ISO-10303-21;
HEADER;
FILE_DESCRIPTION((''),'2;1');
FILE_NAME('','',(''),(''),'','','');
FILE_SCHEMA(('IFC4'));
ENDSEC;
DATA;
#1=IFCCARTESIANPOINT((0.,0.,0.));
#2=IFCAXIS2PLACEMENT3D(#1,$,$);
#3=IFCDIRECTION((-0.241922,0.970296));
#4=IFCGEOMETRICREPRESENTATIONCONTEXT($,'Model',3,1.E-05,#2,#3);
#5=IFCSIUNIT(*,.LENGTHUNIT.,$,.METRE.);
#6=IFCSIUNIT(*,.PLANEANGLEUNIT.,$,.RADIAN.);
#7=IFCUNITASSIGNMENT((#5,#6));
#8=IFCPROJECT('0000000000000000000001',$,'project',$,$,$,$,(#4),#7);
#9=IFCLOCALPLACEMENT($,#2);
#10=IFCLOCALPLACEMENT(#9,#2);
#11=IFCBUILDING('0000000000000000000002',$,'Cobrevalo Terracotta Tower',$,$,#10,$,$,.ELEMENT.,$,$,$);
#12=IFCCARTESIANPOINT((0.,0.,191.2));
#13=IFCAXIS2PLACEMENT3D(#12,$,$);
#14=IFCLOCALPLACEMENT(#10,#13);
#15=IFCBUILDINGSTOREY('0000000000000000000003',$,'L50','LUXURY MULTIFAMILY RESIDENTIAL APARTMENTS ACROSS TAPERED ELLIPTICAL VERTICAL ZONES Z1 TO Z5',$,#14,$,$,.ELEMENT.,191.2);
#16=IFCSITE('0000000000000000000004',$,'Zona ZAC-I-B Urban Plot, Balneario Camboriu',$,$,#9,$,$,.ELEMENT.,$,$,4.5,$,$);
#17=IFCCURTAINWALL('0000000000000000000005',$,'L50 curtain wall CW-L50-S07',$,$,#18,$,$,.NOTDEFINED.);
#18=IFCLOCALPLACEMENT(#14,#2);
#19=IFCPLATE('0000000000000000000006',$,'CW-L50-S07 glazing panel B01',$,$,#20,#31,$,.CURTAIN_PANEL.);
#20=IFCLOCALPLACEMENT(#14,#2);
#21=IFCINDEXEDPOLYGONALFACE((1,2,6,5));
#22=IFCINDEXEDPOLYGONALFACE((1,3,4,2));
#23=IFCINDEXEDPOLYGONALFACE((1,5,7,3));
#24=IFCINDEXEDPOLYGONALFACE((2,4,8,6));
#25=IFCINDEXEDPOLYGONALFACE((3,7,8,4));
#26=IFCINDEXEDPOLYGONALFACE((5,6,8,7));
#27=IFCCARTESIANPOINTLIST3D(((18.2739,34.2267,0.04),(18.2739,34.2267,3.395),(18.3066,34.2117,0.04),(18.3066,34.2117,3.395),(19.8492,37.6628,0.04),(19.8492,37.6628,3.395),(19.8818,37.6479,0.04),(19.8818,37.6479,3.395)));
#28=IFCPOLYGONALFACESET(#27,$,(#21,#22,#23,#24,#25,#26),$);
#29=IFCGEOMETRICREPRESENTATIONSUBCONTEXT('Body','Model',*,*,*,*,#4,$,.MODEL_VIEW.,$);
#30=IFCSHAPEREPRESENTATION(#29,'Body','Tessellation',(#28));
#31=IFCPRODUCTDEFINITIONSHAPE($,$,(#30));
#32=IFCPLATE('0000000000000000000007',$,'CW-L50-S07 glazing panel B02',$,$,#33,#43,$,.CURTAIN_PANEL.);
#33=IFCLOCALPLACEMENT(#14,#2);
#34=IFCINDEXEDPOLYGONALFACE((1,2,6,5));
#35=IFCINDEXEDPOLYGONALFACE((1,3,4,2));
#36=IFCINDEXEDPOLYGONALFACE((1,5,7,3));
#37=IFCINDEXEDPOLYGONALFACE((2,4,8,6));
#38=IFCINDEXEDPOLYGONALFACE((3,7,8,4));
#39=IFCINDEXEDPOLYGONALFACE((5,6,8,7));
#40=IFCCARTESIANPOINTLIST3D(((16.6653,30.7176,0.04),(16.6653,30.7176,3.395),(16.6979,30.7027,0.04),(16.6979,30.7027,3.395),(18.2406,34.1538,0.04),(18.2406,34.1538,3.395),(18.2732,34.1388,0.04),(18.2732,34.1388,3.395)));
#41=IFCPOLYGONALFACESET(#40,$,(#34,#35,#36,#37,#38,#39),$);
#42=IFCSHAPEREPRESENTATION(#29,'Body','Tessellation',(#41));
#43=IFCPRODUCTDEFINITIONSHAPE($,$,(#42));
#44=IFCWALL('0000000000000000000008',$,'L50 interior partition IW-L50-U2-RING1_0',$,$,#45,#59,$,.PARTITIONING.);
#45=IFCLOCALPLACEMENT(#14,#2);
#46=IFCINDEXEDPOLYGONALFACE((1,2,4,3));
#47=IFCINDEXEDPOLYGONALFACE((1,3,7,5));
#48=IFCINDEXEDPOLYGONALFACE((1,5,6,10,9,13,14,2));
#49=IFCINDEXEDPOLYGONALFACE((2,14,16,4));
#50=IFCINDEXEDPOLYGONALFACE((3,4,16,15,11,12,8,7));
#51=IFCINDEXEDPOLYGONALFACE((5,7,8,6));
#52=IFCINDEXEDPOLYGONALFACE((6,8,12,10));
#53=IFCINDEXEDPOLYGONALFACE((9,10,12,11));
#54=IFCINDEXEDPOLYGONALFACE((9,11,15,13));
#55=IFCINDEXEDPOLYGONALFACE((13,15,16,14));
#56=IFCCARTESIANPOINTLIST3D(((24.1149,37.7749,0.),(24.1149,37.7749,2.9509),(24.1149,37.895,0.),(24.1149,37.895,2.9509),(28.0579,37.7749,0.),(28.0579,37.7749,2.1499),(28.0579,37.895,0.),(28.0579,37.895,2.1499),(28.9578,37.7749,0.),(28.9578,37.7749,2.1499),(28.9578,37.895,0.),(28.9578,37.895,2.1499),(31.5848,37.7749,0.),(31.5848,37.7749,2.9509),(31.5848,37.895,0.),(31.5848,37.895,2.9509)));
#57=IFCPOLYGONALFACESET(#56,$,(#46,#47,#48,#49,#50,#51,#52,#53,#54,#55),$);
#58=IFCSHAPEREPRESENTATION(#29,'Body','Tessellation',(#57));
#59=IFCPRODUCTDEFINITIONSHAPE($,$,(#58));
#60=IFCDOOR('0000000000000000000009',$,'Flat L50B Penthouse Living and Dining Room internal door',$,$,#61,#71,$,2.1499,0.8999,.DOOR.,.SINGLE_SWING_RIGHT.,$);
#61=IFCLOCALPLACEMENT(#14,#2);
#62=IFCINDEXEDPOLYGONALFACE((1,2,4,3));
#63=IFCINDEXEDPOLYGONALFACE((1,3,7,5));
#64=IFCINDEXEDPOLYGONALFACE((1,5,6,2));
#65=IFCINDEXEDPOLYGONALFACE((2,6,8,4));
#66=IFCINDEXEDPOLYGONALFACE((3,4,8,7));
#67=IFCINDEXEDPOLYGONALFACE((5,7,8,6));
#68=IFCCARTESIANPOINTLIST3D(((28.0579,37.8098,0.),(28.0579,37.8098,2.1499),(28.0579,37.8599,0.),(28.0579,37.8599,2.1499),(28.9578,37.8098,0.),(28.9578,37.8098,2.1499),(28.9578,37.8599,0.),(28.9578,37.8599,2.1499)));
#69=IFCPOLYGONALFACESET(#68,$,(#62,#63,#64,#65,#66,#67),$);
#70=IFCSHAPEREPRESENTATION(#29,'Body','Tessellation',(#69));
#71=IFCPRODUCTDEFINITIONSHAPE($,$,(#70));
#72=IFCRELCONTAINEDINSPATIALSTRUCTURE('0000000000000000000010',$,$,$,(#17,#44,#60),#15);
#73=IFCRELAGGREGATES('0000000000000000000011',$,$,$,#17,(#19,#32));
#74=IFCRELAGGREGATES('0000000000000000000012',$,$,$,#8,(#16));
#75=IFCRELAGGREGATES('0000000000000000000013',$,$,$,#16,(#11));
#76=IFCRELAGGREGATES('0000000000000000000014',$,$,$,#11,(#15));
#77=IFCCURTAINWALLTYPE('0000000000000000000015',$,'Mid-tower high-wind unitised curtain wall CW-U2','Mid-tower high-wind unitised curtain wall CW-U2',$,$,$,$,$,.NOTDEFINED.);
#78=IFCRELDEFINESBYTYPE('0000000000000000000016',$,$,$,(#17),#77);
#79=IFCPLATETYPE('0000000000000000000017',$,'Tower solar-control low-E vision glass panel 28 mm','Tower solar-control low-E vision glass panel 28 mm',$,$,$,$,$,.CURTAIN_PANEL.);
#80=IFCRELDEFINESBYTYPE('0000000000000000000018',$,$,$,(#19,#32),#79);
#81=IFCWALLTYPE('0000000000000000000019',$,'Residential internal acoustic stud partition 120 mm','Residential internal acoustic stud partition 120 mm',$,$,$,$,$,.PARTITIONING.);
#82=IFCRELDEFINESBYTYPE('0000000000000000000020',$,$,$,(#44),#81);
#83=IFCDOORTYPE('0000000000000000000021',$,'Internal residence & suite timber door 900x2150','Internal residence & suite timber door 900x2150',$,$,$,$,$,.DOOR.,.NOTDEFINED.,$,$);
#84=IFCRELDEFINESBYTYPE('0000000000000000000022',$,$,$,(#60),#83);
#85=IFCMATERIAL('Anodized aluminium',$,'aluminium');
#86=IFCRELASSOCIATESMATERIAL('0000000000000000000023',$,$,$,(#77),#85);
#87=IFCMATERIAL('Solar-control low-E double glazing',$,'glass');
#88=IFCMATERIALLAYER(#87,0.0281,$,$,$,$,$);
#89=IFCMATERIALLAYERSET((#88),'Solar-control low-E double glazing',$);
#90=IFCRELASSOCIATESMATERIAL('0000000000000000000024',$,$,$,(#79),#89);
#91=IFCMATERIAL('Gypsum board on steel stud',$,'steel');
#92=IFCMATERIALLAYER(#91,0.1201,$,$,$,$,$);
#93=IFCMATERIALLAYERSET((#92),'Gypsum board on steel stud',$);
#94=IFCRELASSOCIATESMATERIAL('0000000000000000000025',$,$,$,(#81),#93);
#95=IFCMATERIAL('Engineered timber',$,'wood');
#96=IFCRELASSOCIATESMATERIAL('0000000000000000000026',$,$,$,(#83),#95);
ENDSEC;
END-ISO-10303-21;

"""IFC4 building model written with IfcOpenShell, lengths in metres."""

from ifc_helpers import new_model, si_unit, direction, frame, frame_2d, origin, origin_2d, place, context, subcontext, project, spatial, rectangle, extrude, source, transform, mapped, material, layer, layer_set, type_object, element, fill, aggregate, save


model = new_model("IFC4")

# Units and contexts
model_context = context("Model", 3, precision=1e-05, world=origin(), true_north=direction((-0.241922, 0.970296)))
body_context = subcontext(model_context, "Body", "Model", "MODEL_VIEW")
ifc_project = project(units=[si_unit("LENGTHUNIT", "METRE"), si_unit("PLANEANGLEUNIT", "RADIAN")], contexts=[model_context])

# Site, building, storey
site_placement = place(None, origin())
site = spatial("IfcSite", under=ifc_project, at=site_placement, Name="Zona ZAC-I-B Urban Plot, Balneario Camboriu", CompositionType="ELEMENT", RefElevation=4.5)
building_placement = place(site_placement, origin())
building = spatial("IfcBuilding", under=site, at=building_placement, Name="Cobrevalo Terracotta Tower", CompositionType="ELEMENT")
storey_placement = place(building_placement, frame((0.0, 0.0, 191.2)))
storey = spatial("IfcBuildingStorey", under=building, at=storey_placement, Name="L50", Description="LUXURY MULTIFAMILY RESIDENTIAL APARTMENTS ACROSS TAPERED ELLIPTICAL VERTICAL ZONES Z1 TO Z5", CompositionType="ELEMENT", Elevation=191.2)

# Curtain wall
ifc_material_1 = material(Name="Anodized aluminium", Category="aluminium")
curtain_wall_type = type_object("IfcCurtainWallType", Name="Mid-tower high-wind unitised curtain wall CW-U2", Description="Mid-tower high-wind unitised curtain wall CW-U2", PredefinedType="NOTDEFINED", material=ifc_material_1)
curtain_wall_1_placement = place(storey_placement, origin())
curtain_wall_1 = element("IfcCurtainWall", 1, at=curtain_wall_1_placement, inside=storey, type_object=curtain_wall_type, Name="L50 curtain wall CW-L50-S07", PredefinedType="NOTDEFINED")

# Plates
ifc_material_2 = material(Name="Solar-control low-E double glazing", Category="glass")
ifc_layer_1 = layer(ifc_material_2, 0.0281)
ifc_layer_set_1 = layer_set([ifc_layer_1], Name="Solar-control low-E double glazing")
plate_type = type_object("IfcPlateType", Name="Tower solar-control low-E vision glass panel 28 mm", Description="Tower solar-control low-E vision glass panel 28 mm", PredefinedType="CURTAIN_PANEL", material=ifc_layer_set_1)
shared_shape_1 = source(origin(), body_context, "Body", "SweptSolid", [
    extrude(rectangle(XDim=3.78, YDim=0.0359, at=origin_2d()), origin(), (0.0, 0.0, 1.0), 3.355),
])
plate_1_placement = place(storey_placement, frame((19.0779, 35.9373, 0.04), z_axis=(0.0, 0.0, 1.0), x_axis=(-0.416731, -0.90903, 0.0)))
plate_1 = element("IfcPlate", 2, at=plate_1_placement, type_object=plate_type, Name="CW-L50-S07 glazing panel B01", PredefinedType="CURTAIN_PANEL", context=body_context, shape_type="MappedRepresentation", body=[
    mapped(shared_shape_1, transform((0.0, 0.0, 0.0), scale=1.0)),
])
plate_2_placement = place(storey_placement, frame((17.4692, 32.4282, 0.04), z_axis=(0.0, 0.0, 1.0), x_axis=(-0.416731, -0.90903, 0.0)))
plate_2 = element("IfcPlate", 3, at=plate_2_placement, type_object=plate_type, Name="CW-L50-S07 glazing panel B02", PredefinedType="CURTAIN_PANEL", context=body_context, shape_type="MappedRepresentation", body=[
    mapped(shared_shape_1, transform((0.0, 0.0, 0.0), scale=1.0)),
])
aggregate(curtain_wall_1, [plate_1, plate_2])

# Wall, opening, door
ifc_material_3 = material(Name="Gypsum board on steel stud", Category="steel")
ifc_layer_2 = layer(ifc_material_3, 0.1201)
ifc_layer_set_2 = layer_set([ifc_layer_2], Name="Gypsum board on steel stud")
wall_type = type_object("IfcWallType", Name="Residential internal acoustic stud partition 120 mm", Description="Residential internal acoustic stud partition 120 mm", PredefinedType="PARTITIONING", material=ifc_layer_set_2)
wall_placement = place(storey_placement, frame((24.115, 37.835, 0.0), z_axis=(0.0, 0.0, 1.0), x_axis=(1.0, 0.0, 0.0)))
wall = element("IfcWall", 4, at=wall_placement, inside=storey, type_object=wall_type, Name="L50 interior partition IW-L50-U2-RING1_0", PredefinedType="PARTITIONING", context=body_context, shape_type="SweptSolid", body=[
    extrude(rectangle(XDim=7.47, YDim=0.1201, at=frame_2d((3.7349, 0.0))), origin(), (0.0, 0.0, 1.0), 2.9509),
])
opening_placement = place(wall_placement, frame((3.9429, 0.0, 0.0)))
opening = element("IfcOpeningElement", 5, at=opening_placement, cuts=wall, PredefinedType="OPENING", context=body_context, shape_type="SweptSolid", body=[
    extrude(rectangle(XDim=0.8999, YDim=2.1499, at=frame_2d((0.45, 1.075))), frame((0.0, 0.0701, 0.0), z_axis=(0.0, -1.0, 0.0), x_axis=(1.0, 0.0, 0.0)), (0.0, 0.0, 1.0), 0.1401),
])
ifc_material_4 = material(Name="Engineered timber", Category="wood")
door_type = type_object("IfcDoorType", Name="Internal residence & suite timber door 900x2150", Description="Internal residence & suite timber door 900x2150", OperationType="NOTDEFINED", PredefinedType="DOOR", material=ifc_material_4)
shared_shape_2 = source(origin(), body_context, "Body", "SweptSolid", [
    extrude(rectangle(XDim=0.8999, YDim=2.1499, at=frame_2d((0.45, 1.075))), frame((0.0, 0.0249, 0.0), z_axis=(0.0, -1.0, 0.0), x_axis=(1.0, 0.0, 0.0)), (0.0, 0.0, 1.0), 0.05),
])
door_placement = place(opening_placement, origin())
door = element("IfcDoor", 6, at=door_placement, inside=storey, type_object=door_type, Name="Flat L50B Penthouse Living and Dining Room internal door", OperationType="SINGLE_SWING_RIGHT", OverallHeight=2.1499, OverallWidth=0.8999, PredefinedType="DOOR", context=body_context, shape_type="MappedRepresentation", body=[
    mapped(shared_shape_2, transform((0.0, 0.0, 0.0), scale=1.0)),
])
fill(opening, door)

save(model, "model.ifc")
